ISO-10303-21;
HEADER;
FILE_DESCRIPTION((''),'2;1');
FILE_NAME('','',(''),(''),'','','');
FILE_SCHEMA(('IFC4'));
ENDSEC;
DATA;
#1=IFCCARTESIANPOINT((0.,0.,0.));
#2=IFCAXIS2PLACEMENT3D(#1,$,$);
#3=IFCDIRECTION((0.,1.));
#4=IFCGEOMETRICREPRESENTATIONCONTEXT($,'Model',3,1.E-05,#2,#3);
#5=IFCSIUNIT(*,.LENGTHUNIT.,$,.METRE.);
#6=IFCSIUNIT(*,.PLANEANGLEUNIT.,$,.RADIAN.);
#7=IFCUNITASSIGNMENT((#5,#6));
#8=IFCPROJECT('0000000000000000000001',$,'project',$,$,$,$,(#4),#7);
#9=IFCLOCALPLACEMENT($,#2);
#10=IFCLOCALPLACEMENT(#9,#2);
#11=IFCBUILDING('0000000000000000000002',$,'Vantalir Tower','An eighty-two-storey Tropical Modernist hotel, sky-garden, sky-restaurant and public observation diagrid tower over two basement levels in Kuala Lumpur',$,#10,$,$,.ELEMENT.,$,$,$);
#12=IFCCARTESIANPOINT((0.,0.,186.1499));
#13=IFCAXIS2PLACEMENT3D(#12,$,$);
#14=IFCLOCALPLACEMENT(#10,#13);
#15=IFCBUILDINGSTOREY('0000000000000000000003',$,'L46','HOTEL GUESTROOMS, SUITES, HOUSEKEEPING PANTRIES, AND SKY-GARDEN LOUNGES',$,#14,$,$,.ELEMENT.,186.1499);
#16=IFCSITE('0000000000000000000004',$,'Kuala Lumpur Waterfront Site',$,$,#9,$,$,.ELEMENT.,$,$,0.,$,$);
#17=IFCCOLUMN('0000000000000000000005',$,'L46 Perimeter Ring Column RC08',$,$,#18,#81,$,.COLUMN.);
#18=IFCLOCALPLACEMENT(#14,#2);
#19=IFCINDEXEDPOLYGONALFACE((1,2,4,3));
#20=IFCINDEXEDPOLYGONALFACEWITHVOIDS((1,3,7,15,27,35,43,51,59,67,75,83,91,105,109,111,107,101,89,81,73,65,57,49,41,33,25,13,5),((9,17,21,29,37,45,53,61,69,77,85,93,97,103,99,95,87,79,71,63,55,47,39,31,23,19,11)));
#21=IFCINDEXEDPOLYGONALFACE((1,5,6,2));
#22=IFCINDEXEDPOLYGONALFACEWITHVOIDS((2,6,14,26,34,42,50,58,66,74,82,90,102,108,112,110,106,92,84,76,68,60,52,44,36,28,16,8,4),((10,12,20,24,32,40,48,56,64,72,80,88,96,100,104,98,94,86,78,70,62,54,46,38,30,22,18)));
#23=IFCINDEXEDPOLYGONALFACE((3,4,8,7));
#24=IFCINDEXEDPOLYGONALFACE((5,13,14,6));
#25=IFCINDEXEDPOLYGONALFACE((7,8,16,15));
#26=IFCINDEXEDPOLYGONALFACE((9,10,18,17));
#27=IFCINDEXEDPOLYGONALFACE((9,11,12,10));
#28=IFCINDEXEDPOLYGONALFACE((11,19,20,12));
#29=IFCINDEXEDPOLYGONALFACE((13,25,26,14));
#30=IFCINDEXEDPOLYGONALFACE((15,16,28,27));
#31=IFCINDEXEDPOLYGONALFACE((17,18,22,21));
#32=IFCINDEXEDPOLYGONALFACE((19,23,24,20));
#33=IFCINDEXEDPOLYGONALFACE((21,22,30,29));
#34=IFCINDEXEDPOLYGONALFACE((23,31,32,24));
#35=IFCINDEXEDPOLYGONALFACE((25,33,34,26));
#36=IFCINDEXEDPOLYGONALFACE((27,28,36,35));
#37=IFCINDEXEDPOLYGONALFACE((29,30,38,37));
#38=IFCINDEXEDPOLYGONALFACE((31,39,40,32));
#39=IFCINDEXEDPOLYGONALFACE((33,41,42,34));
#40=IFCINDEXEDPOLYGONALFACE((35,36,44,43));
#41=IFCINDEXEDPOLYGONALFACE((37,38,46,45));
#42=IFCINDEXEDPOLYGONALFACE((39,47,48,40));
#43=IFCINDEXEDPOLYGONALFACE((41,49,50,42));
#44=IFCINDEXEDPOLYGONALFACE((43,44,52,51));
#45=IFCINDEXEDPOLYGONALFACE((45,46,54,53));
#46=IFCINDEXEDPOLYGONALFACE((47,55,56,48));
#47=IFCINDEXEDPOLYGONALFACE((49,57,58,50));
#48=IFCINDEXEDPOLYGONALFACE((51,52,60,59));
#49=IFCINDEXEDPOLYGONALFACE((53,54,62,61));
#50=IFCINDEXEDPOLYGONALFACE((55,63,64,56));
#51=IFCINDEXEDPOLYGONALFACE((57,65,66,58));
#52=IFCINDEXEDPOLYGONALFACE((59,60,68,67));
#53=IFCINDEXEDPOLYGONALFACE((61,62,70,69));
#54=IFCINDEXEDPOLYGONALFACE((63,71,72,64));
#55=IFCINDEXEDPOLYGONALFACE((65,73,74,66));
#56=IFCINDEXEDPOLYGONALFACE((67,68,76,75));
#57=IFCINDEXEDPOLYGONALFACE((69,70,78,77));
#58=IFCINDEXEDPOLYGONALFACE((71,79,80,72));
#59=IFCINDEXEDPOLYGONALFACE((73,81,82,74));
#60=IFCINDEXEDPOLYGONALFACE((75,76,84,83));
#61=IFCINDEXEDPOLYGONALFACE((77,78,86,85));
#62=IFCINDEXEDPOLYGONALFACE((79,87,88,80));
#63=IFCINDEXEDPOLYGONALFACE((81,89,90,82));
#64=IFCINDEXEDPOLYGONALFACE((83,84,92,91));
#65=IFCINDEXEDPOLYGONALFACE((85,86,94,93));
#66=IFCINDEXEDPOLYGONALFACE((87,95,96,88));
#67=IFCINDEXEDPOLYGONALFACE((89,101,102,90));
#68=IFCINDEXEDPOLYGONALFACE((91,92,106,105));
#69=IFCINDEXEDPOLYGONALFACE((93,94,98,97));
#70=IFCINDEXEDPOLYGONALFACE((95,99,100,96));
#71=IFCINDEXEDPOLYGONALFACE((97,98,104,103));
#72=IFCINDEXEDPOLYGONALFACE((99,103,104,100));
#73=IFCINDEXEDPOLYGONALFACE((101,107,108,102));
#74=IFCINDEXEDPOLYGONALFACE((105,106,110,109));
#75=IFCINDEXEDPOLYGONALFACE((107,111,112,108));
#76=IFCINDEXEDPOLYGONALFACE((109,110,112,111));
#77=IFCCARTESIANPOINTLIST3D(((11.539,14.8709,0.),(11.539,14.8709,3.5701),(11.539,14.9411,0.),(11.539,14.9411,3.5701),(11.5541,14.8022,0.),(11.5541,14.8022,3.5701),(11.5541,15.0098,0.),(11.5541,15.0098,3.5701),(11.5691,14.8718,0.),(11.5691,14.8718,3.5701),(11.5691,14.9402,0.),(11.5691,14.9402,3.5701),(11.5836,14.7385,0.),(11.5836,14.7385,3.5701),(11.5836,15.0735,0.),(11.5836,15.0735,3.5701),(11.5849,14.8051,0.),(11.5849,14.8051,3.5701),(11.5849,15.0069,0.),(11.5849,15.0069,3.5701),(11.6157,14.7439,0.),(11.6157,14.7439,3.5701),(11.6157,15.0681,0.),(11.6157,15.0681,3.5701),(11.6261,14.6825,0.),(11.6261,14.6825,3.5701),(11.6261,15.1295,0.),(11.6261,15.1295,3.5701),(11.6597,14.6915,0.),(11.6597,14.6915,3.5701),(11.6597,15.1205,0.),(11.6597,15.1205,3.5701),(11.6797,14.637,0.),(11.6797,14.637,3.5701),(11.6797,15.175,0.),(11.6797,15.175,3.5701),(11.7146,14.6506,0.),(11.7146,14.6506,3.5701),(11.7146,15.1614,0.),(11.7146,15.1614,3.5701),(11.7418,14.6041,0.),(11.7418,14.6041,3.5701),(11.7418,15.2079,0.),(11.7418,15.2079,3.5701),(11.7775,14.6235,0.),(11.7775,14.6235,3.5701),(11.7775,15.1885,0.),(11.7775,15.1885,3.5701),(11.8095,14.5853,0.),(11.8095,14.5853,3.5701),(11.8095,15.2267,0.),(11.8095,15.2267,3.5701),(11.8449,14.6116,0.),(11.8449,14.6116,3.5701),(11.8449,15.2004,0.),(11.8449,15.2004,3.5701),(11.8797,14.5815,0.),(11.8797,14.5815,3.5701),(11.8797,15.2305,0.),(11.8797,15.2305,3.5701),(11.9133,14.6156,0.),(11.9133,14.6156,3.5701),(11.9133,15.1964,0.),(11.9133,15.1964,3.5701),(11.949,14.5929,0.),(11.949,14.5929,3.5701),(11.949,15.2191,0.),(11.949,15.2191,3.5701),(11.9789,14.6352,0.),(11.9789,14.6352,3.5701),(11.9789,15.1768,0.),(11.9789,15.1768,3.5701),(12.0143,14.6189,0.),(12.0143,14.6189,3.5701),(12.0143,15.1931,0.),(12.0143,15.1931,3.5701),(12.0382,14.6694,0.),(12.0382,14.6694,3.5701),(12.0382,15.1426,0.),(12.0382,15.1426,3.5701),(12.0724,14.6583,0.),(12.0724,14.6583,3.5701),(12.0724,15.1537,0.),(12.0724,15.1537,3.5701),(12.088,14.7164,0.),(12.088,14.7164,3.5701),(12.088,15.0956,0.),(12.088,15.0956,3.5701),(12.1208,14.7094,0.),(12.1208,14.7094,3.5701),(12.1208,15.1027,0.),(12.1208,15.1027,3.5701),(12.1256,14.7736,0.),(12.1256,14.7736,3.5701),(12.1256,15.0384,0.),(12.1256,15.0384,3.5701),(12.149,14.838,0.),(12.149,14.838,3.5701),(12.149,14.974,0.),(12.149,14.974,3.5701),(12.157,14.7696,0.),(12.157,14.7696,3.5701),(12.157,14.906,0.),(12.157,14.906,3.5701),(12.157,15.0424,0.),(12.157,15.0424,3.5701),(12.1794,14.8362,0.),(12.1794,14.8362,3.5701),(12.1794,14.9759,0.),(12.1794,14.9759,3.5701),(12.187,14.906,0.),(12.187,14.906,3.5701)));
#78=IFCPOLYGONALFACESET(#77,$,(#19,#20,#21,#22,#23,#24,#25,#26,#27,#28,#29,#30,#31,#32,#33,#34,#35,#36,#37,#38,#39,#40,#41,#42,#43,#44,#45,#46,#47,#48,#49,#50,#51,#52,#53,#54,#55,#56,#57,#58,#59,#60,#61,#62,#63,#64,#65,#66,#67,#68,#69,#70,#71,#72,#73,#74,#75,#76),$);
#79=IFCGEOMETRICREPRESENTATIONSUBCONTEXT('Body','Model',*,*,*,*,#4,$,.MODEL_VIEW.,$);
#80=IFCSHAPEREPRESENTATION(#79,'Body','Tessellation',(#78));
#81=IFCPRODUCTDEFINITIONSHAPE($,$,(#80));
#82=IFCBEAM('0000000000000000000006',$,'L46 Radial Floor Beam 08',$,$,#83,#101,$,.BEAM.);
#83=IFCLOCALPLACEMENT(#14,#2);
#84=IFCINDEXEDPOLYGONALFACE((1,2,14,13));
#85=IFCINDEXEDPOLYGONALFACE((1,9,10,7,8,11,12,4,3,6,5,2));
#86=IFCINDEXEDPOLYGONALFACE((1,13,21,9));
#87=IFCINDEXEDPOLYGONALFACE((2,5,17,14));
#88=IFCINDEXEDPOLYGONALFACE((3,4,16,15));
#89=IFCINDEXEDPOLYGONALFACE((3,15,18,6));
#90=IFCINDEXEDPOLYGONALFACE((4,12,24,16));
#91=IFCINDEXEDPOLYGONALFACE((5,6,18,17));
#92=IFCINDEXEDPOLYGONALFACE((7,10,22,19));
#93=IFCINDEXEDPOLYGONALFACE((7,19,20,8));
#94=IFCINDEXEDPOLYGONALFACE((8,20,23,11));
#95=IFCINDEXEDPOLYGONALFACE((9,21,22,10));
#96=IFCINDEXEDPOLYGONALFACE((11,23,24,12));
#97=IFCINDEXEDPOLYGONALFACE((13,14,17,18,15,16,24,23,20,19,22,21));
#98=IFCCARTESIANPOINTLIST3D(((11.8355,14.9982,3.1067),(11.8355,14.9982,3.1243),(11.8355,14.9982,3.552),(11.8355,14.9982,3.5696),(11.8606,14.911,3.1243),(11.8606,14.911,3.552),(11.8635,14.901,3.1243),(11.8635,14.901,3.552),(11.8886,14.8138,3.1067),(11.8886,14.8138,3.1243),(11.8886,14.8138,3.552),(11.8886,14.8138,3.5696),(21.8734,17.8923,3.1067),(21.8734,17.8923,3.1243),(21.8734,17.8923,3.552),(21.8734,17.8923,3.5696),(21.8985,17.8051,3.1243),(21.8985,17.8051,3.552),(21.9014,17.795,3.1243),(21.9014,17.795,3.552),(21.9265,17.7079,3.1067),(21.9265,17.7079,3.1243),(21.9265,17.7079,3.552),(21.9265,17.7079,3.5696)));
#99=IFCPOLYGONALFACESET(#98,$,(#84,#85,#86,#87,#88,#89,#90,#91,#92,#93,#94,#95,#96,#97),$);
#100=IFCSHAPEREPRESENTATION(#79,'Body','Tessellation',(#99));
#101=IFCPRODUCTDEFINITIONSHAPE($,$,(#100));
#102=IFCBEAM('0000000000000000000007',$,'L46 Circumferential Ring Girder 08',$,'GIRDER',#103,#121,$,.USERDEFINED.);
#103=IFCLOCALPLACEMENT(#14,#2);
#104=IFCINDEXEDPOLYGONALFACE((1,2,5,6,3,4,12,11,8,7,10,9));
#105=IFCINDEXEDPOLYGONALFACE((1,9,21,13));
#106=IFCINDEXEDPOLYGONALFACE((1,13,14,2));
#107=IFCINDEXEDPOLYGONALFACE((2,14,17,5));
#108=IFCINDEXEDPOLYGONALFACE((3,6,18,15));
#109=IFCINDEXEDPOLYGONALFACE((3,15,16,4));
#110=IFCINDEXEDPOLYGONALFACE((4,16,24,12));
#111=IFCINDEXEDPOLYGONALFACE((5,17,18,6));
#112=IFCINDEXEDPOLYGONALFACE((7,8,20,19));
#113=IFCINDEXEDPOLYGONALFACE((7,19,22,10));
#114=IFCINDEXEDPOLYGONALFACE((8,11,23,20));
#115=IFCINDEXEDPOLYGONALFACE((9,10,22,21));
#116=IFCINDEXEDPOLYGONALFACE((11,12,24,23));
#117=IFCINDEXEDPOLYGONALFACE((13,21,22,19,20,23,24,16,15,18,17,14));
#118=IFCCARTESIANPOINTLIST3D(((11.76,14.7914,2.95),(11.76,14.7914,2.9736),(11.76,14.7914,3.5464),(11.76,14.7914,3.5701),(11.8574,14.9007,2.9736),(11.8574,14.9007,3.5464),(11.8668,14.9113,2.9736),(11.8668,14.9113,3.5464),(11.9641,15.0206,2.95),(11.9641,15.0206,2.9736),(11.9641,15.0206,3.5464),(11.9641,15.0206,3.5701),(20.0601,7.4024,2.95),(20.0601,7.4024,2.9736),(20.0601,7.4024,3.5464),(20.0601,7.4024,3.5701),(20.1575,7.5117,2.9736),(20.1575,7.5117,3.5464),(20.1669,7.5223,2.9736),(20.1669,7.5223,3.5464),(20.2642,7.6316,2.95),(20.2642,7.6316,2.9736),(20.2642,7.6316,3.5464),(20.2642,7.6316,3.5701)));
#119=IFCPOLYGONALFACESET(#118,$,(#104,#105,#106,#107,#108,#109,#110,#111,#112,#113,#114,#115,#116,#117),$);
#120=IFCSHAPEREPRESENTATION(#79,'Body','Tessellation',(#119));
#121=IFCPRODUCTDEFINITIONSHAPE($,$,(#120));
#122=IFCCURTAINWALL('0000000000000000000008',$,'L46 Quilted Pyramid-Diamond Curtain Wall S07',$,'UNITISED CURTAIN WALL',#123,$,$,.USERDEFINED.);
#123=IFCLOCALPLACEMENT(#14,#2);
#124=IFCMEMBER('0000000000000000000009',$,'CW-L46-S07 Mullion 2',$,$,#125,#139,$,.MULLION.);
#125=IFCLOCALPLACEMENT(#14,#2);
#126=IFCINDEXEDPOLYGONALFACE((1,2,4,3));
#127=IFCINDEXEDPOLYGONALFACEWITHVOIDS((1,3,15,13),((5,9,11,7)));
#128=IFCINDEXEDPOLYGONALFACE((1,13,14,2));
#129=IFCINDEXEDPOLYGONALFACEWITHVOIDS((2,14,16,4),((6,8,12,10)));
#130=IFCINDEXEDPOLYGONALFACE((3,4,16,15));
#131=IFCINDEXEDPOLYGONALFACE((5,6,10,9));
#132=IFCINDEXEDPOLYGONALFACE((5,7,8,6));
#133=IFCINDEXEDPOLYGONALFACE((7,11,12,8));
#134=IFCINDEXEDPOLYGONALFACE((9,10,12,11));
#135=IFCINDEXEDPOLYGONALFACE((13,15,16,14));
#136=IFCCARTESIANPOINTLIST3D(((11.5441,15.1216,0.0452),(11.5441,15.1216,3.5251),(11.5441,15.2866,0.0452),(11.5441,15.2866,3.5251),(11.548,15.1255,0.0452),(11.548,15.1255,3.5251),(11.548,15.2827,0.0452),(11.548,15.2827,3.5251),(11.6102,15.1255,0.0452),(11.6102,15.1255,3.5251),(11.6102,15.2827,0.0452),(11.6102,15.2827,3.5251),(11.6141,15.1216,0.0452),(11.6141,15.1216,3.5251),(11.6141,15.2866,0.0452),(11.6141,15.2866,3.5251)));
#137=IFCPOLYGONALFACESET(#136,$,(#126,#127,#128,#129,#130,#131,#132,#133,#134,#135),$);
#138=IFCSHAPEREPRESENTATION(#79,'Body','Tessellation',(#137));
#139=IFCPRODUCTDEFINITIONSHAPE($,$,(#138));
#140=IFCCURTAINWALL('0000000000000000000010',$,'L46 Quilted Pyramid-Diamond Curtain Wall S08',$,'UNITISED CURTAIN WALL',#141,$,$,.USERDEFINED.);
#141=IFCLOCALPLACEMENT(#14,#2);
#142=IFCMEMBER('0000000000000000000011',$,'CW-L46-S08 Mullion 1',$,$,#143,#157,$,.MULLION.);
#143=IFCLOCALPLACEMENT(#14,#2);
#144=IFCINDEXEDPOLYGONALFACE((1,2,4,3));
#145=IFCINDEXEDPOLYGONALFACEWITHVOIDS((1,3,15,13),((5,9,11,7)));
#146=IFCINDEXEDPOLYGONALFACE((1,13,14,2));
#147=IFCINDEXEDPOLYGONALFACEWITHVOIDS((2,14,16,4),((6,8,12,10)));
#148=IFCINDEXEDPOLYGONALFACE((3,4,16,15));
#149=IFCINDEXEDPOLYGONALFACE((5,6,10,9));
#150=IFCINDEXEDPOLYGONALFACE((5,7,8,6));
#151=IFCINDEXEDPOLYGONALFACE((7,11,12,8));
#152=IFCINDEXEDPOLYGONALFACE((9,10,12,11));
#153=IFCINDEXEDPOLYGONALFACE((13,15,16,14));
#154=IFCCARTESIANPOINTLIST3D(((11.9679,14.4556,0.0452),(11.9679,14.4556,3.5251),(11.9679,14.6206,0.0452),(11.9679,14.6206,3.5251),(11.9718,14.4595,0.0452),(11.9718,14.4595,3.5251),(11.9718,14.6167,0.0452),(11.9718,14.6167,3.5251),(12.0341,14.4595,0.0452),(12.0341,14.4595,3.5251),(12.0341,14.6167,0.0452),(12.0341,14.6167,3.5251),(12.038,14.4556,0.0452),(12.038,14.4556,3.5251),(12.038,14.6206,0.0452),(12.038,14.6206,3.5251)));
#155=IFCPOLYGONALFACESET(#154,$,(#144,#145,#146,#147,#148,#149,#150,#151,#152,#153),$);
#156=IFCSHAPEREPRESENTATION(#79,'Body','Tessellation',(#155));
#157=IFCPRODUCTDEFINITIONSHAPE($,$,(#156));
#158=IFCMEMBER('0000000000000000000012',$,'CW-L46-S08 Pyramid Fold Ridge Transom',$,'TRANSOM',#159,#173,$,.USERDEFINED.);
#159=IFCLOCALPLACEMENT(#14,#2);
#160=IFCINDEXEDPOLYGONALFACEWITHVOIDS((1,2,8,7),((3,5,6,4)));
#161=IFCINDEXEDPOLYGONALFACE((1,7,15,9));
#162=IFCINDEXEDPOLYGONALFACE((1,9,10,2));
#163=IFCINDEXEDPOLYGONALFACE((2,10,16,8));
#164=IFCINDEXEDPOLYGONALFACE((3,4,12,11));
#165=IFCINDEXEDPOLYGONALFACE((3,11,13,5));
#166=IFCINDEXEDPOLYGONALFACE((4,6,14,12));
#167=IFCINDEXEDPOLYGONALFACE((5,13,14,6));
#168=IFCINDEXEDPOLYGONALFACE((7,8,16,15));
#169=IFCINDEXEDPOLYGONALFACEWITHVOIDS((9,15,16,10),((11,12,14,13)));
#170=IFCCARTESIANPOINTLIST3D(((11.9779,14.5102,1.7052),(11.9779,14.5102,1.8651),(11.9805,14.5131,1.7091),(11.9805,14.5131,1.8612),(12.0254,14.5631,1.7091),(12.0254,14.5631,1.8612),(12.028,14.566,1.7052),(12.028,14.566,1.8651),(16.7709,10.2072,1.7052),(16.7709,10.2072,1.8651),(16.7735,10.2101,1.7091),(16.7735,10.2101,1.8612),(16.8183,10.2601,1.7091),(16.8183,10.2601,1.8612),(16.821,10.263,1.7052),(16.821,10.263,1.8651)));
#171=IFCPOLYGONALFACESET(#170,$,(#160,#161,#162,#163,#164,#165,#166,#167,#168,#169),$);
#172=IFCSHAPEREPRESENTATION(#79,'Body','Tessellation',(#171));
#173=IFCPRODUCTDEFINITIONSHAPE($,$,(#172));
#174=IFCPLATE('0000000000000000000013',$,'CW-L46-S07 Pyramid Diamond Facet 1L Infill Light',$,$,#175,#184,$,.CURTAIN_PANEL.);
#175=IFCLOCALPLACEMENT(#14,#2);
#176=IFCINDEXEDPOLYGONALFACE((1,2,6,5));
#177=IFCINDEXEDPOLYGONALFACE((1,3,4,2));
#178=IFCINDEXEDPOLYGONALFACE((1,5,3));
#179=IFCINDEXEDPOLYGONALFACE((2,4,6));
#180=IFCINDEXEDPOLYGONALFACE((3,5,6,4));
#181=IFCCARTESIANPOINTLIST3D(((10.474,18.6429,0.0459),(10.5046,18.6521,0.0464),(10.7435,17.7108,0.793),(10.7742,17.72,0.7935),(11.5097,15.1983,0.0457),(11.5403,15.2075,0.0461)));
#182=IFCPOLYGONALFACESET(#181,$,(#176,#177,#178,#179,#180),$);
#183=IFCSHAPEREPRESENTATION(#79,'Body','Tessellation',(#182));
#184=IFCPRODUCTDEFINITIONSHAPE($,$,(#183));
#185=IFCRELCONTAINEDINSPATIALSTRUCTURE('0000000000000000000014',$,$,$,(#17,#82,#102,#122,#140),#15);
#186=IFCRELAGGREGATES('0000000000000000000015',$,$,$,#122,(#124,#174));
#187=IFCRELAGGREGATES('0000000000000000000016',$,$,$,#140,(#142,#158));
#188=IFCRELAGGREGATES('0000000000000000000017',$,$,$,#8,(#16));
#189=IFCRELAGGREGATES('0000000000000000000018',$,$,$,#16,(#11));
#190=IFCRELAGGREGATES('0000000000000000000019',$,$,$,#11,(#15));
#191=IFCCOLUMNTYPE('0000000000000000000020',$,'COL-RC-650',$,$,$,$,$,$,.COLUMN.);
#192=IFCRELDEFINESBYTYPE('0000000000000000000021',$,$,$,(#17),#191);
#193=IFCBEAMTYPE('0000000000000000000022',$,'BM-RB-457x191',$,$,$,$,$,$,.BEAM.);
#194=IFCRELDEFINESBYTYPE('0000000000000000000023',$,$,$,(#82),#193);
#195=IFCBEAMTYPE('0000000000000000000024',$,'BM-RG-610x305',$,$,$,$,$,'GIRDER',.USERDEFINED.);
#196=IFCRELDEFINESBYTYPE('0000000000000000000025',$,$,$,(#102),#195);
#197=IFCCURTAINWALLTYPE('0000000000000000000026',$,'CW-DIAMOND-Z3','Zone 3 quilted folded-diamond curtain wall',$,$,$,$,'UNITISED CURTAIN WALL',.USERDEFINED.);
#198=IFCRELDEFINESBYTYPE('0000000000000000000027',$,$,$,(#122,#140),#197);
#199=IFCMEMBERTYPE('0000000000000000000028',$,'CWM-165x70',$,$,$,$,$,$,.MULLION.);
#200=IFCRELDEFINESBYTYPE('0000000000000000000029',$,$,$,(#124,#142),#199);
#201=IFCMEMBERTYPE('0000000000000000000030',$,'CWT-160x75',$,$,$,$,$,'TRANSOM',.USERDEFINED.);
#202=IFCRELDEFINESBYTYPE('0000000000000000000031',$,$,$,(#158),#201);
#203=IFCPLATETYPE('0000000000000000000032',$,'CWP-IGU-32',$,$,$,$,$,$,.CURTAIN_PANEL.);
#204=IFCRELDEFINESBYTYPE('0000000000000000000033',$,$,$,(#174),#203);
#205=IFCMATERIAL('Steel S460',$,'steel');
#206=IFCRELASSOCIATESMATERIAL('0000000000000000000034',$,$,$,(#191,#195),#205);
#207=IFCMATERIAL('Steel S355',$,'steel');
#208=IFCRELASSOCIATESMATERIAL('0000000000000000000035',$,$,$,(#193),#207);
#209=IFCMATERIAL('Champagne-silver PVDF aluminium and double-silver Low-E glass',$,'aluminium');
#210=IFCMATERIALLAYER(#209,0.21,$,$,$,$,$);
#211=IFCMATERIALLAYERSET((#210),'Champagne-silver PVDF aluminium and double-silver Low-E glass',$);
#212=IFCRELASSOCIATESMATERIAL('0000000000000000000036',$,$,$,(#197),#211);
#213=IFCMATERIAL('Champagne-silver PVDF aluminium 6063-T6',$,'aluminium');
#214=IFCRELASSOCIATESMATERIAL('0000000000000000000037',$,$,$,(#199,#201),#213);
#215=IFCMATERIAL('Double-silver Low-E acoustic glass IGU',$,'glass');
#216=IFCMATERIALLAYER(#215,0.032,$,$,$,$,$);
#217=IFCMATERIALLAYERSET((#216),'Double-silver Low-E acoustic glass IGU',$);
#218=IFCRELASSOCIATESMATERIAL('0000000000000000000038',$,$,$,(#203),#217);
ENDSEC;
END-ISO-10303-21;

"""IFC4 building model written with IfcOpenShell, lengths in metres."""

from ifc_helpers import new_model, si_unit, direction, frame, origin, origin_2d, place, context, subcontext, project, spatial, polyline, hollow_rectangle, hollow_circle, i_section, outline, extrude, material, layer, layer_set, material_profile, profile_set, type_object, element, aggregate, save


model = new_model("IFC4")

# Units and contexts
model_context = context("Model", 3, precision=1e-05, world=origin(), true_north=direction((0.0, 1.0)))
body_context = subcontext(model_context, "Body", "Model", "MODEL_VIEW")
ifc_project = project(units=[si_unit("LENGTHUNIT", "METRE"), si_unit("PLANEANGLEUNIT", "RADIAN")], contexts=[model_context])

# Site, building, storey
site_placement = place(None, origin())
site = spatial("IfcSite", under=ifc_project, at=site_placement, Name="Kuala Lumpur Waterfront Site", CompositionType="ELEMENT", RefElevation=0.0)
building_placement = place(site_placement, origin())
building = spatial("IfcBuilding", under=site, at=building_placement, Name="Vantalir Tower", Description="An eighty-two-storey Tropical Modernist hotel, sky-garden, sky-restaurant and public observation diagrid tower over two basement levels in Kuala Lumpur", CompositionType="ELEMENT")
storey_placement = place(building_placement, frame((0.0, 0.0, 186.1499)))
storey = spatial("IfcBuildingStorey", under=building, at=storey_placement, Name="L46", Description="HOTEL GUESTROOMS, SUITES, HOUSEKEEPING PANTRIES, AND SKY-GARDEN LOUNGES", CompositionType="ELEMENT", Elevation=186.1499)

# Column
ifc_material_1 = material(Name="Steel S460", Category="steel")
ifc_material_profile_1 = material_profile(ifc_material_1, hollow_circle(Radius=0.325, WallThickness=0.03, at=origin_2d()), Name="Steel S460")
ifc_profile_set_1 = profile_set([ifc_material_profile_1], Name="Steel S460")
column_type = type_object("IfcColumnType", Name="COL-RC-650", PredefinedType="COLUMN", material=ifc_profile_set_1)
column_placement = place(storey_placement, frame((11.8621, 14.906, 0.0), z_axis=(0.0, 0.0, 1.0), x_axis=(1.0, 0.0, 0.0)))
element("IfcColumn", 1, at=column_placement, inside=storey, type_object=column_type, Name="L46 Perimeter Ring Column RC08", PredefinedType="COLUMN", context=body_context, shape_type="SweptSolid", body=[
    extrude(hollow_circle(Radius=0.325, WallThickness=0.03, at=origin_2d()), origin(), (0.0, 0.0, 1.0), 3.5701),
])

# Beams
ifc_material_2 = material(Name="Steel S355", Category="steel")
ifc_material_profile_2 = material_profile(ifc_material_2, i_section(OverallWidth=0.1919, OverallDepth=0.4629, WebThickness=0.0105, FlangeThickness=0.0176, at=origin_2d()), Name="Steel S355")
ifc_profile_set_2 = profile_set([ifc_material_profile_2], Name="Steel S355")
beam_type_1 = type_object("IfcBeamType", Name="BM-RB-457x191", PredefinedType="BEAM", material=ifc_profile_set_2)
beam_1_placement = place(storey_placement, frame((11.8621, 14.906, 3.3381), z_axis=(0.960862, 0.277029, 0.0), x_axis=(-0.277029, 0.960862, 0.0)))
element("IfcBeam", 2, at=beam_1_placement, inside=storey, type_object=beam_type_1, Name="L46 Radial Floor Beam 08", PredefinedType="BEAM", context=body_context, shape_type="SweptSolid", body=[
    extrude(i_section(OverallWidth=0.1919, OverallDepth=0.4629, WebThickness=0.0105, FlangeThickness=0.0176, at=origin_2d()), origin(), (0.0, 0.0, 1.0), 10.4468),
])
ifc_material_profile_3 = material_profile(ifc_material_1, i_section(OverallWidth=0.3069, OverallDepth=0.6201, WebThickness=0.0142, FlangeThickness=0.0237, at=origin_2d()), Name="Steel S460")
ifc_profile_set_3 = profile_set([ifc_material_profile_3], Name="Steel S460")
beam_type_2 = type_object("IfcBeamType", Name="BM-RG-610x305", ElementType="GIRDER", PredefinedType="USERDEFINED", material=ifc_profile_set_3)
beam_2_placement = place(storey_placement, frame((11.8621, 14.906, 3.26), z_axis=(0.746913, -0.664921, 0.0), x_axis=(0.664921, 0.746913, 0.0)))
element("IfcBeam", 3, at=beam_2_placement, inside=storey, type_object=beam_type_2, Name="L46 Circumferential Ring Girder 08", ObjectType="GIRDER", PredefinedType="USERDEFINED", context=body_context, shape_type="SweptSolid", body=[
    extrude(i_section(OverallWidth=0.3069, OverallDepth=0.6201, WebThickness=0.0142, FlangeThickness=0.0237, at=origin_2d()), origin(), (0.0, 0.0, 1.0), 11.1125),
])

# Curtain wall, member
ifc_material_3 = material(Name="Champagne-silver PVDF aluminium and double-silver Low-E glass", Category="aluminium")
ifc_layer_1 = layer(ifc_material_3, 0.21)
ifc_layer_set_1 = layer_set([ifc_layer_1], Name="Champagne-silver PVDF aluminium and double-silver Low-E glass")
curtain_wall_type = type_object("IfcCurtainWallType", Name="CW-DIAMOND-Z3", Description="Zone 3 quilted folded-diamond curtain wall", ElementType="UNITISED CURTAIN WALL", PredefinedType="USERDEFINED", material=ifc_layer_set_1)
curtain_wall_1_placement = place(storey_placement, origin())
curtain_wall_1 = element("IfcCurtainWall", 4, at=curtain_wall_1_placement, inside=storey, type_object=curtain_wall_type, Name="L46 Quilted Pyramid-Diamond Curtain Wall S07", ObjectType="UNITISED CURTAIN WALL", PredefinedType="USERDEFINED")
ifc_material_4 = material(Name="Champagne-silver PVDF aluminium 6063-T6", Category="aluminium")
ifc_material_profile_4 = material_profile(ifc_material_4, hollow_rectangle(XDim=0.0701, YDim=0.165, WallThickness=0.0039, at=origin_2d()), Name="Champagne-silver PVDF aluminium 6063-T6")
ifc_profile_set_4 = profile_set([ifc_material_profile_4], Name="Champagne-silver PVDF aluminium 6063-T6")
member_type_1 = type_object("IfcMemberType", Name="CWM-165x70", PredefinedType="MULLION", material=ifc_profile_set_4)
member_1_placement = place(storey_placement, frame((11.5791, 15.2041, 0.0452), z_axis=(0.0, 0.0, 1.0), x_axis=(1.0, 0.0, 0.0)))
member_1 = element("IfcMember", 5, at=member_1_placement, type_object=member_type_1, Name="CW-L46-S07 Mullion 2", PredefinedType="MULLION", context=body_context, shape_type="SweptSolid", body=[
    extrude(hollow_rectangle(XDim=0.0701, YDim=0.165, WallThickness=0.0039, at=origin_2d()), origin(), (0.0, 0.0, 1.0), 3.48),
])

# Curtain wall, members
curtain_wall_2_placement = place(storey_placement, origin())
curtain_wall_2 = element("IfcCurtainWall", 6, at=curtain_wall_2_placement, inside=storey, type_object=curtain_wall_type, Name="L46 Quilted Pyramid-Diamond Curtain Wall S08", ObjectType="UNITISED CURTAIN WALL", PredefinedType="USERDEFINED")
member_2_placement = place(storey_placement, frame((12.0029, 14.5381, 0.0452), z_axis=(0.0, 0.0, 1.0), x_axis=(1.0, 0.0, 0.0)))
member_2 = element("IfcMember", 7, at=member_2_placement, type_object=member_type_1, Name="CW-L46-S08 Mullion 1", PredefinedType="MULLION", context=body_context, shape_type="SweptSolid", body=[
    extrude(hollow_rectangle(XDim=0.0701, YDim=0.165, WallThickness=0.0039, at=origin_2d()), origin(), (0.0, 0.0, 1.0), 3.48),
])
ifc_material_profile_5 = material_profile(ifc_material_4, hollow_rectangle(XDim=0.075, YDim=0.1599, WallThickness=0.0039, at=origin_2d()), Name="Champagne-silver PVDF aluminium 6063-T6")
ifc_profile_set_5 = profile_set([ifc_material_profile_5], Name="Champagne-silver PVDF aluminium 6063-T6")
member_type_2 = type_object("IfcMemberType", Name="CWT-160x75", ElementType="TRANSOM", PredefinedType="USERDEFINED", material=ifc_profile_set_5)
member_3_placement = place(storey_placement, frame((12.0029, 14.5381, 1.7852), z_axis=(0.744119, -0.668047, 0.0), x_axis=(0.668047, 0.744119, 0.0)))
member_3 = element("IfcMember", 8, at=member_3_placement, type_object=member_type_2, Name="CW-L46-S08 Pyramid Fold Ridge Transom", ObjectType="TRANSOM", PredefinedType="USERDEFINED", context=body_context, shape_type="SweptSolid", body=[
    extrude(hollow_rectangle(XDim=0.075, YDim=0.1599, WallThickness=0.0039, at=origin_2d()), origin(), (0.0, 0.0, 1.0), 6.4412),
])

# Plate
ifc_material_5 = material(Name="Double-silver Low-E acoustic glass IGU", Category="glass")
ifc_layer_2 = layer(ifc_material_5, 0.032)
ifc_layer_set_2 = layer_set([ifc_layer_2], Name="Double-silver Low-E acoustic glass IGU")
plate_type_1 = type_object("IfcPlateType", Name="CWP-IGU-32", PredefinedType="CURTAIN_PANEL", material=ifc_layer_set_2)
plate_1_placement = place(storey_placement, frame((10.5046, 18.6521, 0.0464), z_axis=(0.957562, 0.287899, 0.013742), x_axis=(0.287927, -0.957652, -0.000068)))
plate_1 = element("IfcPlate", 9, at=plate_1_placement, type_object=plate_type_1, Name="CW-L46-S07 Pyramid Diamond Facet 1L Infill Light", PredefinedType="CURTAIN_PANEL", context=body_context, shape_type="SweptSolid", body=[
    extrude(outline(polyline([(0.0, 0.0), (3.5969, 0.0), (0.9702, -0.7472), (0.0, 0.0)])), origin(), (0.0, 0.0, -1.0), 0.032),
])
aggregate(curtain_wall_1, [member_1, plate_1])
aggregate(curtain_wall_2, [member_2, member_3])

save(model, "model.ifc")
